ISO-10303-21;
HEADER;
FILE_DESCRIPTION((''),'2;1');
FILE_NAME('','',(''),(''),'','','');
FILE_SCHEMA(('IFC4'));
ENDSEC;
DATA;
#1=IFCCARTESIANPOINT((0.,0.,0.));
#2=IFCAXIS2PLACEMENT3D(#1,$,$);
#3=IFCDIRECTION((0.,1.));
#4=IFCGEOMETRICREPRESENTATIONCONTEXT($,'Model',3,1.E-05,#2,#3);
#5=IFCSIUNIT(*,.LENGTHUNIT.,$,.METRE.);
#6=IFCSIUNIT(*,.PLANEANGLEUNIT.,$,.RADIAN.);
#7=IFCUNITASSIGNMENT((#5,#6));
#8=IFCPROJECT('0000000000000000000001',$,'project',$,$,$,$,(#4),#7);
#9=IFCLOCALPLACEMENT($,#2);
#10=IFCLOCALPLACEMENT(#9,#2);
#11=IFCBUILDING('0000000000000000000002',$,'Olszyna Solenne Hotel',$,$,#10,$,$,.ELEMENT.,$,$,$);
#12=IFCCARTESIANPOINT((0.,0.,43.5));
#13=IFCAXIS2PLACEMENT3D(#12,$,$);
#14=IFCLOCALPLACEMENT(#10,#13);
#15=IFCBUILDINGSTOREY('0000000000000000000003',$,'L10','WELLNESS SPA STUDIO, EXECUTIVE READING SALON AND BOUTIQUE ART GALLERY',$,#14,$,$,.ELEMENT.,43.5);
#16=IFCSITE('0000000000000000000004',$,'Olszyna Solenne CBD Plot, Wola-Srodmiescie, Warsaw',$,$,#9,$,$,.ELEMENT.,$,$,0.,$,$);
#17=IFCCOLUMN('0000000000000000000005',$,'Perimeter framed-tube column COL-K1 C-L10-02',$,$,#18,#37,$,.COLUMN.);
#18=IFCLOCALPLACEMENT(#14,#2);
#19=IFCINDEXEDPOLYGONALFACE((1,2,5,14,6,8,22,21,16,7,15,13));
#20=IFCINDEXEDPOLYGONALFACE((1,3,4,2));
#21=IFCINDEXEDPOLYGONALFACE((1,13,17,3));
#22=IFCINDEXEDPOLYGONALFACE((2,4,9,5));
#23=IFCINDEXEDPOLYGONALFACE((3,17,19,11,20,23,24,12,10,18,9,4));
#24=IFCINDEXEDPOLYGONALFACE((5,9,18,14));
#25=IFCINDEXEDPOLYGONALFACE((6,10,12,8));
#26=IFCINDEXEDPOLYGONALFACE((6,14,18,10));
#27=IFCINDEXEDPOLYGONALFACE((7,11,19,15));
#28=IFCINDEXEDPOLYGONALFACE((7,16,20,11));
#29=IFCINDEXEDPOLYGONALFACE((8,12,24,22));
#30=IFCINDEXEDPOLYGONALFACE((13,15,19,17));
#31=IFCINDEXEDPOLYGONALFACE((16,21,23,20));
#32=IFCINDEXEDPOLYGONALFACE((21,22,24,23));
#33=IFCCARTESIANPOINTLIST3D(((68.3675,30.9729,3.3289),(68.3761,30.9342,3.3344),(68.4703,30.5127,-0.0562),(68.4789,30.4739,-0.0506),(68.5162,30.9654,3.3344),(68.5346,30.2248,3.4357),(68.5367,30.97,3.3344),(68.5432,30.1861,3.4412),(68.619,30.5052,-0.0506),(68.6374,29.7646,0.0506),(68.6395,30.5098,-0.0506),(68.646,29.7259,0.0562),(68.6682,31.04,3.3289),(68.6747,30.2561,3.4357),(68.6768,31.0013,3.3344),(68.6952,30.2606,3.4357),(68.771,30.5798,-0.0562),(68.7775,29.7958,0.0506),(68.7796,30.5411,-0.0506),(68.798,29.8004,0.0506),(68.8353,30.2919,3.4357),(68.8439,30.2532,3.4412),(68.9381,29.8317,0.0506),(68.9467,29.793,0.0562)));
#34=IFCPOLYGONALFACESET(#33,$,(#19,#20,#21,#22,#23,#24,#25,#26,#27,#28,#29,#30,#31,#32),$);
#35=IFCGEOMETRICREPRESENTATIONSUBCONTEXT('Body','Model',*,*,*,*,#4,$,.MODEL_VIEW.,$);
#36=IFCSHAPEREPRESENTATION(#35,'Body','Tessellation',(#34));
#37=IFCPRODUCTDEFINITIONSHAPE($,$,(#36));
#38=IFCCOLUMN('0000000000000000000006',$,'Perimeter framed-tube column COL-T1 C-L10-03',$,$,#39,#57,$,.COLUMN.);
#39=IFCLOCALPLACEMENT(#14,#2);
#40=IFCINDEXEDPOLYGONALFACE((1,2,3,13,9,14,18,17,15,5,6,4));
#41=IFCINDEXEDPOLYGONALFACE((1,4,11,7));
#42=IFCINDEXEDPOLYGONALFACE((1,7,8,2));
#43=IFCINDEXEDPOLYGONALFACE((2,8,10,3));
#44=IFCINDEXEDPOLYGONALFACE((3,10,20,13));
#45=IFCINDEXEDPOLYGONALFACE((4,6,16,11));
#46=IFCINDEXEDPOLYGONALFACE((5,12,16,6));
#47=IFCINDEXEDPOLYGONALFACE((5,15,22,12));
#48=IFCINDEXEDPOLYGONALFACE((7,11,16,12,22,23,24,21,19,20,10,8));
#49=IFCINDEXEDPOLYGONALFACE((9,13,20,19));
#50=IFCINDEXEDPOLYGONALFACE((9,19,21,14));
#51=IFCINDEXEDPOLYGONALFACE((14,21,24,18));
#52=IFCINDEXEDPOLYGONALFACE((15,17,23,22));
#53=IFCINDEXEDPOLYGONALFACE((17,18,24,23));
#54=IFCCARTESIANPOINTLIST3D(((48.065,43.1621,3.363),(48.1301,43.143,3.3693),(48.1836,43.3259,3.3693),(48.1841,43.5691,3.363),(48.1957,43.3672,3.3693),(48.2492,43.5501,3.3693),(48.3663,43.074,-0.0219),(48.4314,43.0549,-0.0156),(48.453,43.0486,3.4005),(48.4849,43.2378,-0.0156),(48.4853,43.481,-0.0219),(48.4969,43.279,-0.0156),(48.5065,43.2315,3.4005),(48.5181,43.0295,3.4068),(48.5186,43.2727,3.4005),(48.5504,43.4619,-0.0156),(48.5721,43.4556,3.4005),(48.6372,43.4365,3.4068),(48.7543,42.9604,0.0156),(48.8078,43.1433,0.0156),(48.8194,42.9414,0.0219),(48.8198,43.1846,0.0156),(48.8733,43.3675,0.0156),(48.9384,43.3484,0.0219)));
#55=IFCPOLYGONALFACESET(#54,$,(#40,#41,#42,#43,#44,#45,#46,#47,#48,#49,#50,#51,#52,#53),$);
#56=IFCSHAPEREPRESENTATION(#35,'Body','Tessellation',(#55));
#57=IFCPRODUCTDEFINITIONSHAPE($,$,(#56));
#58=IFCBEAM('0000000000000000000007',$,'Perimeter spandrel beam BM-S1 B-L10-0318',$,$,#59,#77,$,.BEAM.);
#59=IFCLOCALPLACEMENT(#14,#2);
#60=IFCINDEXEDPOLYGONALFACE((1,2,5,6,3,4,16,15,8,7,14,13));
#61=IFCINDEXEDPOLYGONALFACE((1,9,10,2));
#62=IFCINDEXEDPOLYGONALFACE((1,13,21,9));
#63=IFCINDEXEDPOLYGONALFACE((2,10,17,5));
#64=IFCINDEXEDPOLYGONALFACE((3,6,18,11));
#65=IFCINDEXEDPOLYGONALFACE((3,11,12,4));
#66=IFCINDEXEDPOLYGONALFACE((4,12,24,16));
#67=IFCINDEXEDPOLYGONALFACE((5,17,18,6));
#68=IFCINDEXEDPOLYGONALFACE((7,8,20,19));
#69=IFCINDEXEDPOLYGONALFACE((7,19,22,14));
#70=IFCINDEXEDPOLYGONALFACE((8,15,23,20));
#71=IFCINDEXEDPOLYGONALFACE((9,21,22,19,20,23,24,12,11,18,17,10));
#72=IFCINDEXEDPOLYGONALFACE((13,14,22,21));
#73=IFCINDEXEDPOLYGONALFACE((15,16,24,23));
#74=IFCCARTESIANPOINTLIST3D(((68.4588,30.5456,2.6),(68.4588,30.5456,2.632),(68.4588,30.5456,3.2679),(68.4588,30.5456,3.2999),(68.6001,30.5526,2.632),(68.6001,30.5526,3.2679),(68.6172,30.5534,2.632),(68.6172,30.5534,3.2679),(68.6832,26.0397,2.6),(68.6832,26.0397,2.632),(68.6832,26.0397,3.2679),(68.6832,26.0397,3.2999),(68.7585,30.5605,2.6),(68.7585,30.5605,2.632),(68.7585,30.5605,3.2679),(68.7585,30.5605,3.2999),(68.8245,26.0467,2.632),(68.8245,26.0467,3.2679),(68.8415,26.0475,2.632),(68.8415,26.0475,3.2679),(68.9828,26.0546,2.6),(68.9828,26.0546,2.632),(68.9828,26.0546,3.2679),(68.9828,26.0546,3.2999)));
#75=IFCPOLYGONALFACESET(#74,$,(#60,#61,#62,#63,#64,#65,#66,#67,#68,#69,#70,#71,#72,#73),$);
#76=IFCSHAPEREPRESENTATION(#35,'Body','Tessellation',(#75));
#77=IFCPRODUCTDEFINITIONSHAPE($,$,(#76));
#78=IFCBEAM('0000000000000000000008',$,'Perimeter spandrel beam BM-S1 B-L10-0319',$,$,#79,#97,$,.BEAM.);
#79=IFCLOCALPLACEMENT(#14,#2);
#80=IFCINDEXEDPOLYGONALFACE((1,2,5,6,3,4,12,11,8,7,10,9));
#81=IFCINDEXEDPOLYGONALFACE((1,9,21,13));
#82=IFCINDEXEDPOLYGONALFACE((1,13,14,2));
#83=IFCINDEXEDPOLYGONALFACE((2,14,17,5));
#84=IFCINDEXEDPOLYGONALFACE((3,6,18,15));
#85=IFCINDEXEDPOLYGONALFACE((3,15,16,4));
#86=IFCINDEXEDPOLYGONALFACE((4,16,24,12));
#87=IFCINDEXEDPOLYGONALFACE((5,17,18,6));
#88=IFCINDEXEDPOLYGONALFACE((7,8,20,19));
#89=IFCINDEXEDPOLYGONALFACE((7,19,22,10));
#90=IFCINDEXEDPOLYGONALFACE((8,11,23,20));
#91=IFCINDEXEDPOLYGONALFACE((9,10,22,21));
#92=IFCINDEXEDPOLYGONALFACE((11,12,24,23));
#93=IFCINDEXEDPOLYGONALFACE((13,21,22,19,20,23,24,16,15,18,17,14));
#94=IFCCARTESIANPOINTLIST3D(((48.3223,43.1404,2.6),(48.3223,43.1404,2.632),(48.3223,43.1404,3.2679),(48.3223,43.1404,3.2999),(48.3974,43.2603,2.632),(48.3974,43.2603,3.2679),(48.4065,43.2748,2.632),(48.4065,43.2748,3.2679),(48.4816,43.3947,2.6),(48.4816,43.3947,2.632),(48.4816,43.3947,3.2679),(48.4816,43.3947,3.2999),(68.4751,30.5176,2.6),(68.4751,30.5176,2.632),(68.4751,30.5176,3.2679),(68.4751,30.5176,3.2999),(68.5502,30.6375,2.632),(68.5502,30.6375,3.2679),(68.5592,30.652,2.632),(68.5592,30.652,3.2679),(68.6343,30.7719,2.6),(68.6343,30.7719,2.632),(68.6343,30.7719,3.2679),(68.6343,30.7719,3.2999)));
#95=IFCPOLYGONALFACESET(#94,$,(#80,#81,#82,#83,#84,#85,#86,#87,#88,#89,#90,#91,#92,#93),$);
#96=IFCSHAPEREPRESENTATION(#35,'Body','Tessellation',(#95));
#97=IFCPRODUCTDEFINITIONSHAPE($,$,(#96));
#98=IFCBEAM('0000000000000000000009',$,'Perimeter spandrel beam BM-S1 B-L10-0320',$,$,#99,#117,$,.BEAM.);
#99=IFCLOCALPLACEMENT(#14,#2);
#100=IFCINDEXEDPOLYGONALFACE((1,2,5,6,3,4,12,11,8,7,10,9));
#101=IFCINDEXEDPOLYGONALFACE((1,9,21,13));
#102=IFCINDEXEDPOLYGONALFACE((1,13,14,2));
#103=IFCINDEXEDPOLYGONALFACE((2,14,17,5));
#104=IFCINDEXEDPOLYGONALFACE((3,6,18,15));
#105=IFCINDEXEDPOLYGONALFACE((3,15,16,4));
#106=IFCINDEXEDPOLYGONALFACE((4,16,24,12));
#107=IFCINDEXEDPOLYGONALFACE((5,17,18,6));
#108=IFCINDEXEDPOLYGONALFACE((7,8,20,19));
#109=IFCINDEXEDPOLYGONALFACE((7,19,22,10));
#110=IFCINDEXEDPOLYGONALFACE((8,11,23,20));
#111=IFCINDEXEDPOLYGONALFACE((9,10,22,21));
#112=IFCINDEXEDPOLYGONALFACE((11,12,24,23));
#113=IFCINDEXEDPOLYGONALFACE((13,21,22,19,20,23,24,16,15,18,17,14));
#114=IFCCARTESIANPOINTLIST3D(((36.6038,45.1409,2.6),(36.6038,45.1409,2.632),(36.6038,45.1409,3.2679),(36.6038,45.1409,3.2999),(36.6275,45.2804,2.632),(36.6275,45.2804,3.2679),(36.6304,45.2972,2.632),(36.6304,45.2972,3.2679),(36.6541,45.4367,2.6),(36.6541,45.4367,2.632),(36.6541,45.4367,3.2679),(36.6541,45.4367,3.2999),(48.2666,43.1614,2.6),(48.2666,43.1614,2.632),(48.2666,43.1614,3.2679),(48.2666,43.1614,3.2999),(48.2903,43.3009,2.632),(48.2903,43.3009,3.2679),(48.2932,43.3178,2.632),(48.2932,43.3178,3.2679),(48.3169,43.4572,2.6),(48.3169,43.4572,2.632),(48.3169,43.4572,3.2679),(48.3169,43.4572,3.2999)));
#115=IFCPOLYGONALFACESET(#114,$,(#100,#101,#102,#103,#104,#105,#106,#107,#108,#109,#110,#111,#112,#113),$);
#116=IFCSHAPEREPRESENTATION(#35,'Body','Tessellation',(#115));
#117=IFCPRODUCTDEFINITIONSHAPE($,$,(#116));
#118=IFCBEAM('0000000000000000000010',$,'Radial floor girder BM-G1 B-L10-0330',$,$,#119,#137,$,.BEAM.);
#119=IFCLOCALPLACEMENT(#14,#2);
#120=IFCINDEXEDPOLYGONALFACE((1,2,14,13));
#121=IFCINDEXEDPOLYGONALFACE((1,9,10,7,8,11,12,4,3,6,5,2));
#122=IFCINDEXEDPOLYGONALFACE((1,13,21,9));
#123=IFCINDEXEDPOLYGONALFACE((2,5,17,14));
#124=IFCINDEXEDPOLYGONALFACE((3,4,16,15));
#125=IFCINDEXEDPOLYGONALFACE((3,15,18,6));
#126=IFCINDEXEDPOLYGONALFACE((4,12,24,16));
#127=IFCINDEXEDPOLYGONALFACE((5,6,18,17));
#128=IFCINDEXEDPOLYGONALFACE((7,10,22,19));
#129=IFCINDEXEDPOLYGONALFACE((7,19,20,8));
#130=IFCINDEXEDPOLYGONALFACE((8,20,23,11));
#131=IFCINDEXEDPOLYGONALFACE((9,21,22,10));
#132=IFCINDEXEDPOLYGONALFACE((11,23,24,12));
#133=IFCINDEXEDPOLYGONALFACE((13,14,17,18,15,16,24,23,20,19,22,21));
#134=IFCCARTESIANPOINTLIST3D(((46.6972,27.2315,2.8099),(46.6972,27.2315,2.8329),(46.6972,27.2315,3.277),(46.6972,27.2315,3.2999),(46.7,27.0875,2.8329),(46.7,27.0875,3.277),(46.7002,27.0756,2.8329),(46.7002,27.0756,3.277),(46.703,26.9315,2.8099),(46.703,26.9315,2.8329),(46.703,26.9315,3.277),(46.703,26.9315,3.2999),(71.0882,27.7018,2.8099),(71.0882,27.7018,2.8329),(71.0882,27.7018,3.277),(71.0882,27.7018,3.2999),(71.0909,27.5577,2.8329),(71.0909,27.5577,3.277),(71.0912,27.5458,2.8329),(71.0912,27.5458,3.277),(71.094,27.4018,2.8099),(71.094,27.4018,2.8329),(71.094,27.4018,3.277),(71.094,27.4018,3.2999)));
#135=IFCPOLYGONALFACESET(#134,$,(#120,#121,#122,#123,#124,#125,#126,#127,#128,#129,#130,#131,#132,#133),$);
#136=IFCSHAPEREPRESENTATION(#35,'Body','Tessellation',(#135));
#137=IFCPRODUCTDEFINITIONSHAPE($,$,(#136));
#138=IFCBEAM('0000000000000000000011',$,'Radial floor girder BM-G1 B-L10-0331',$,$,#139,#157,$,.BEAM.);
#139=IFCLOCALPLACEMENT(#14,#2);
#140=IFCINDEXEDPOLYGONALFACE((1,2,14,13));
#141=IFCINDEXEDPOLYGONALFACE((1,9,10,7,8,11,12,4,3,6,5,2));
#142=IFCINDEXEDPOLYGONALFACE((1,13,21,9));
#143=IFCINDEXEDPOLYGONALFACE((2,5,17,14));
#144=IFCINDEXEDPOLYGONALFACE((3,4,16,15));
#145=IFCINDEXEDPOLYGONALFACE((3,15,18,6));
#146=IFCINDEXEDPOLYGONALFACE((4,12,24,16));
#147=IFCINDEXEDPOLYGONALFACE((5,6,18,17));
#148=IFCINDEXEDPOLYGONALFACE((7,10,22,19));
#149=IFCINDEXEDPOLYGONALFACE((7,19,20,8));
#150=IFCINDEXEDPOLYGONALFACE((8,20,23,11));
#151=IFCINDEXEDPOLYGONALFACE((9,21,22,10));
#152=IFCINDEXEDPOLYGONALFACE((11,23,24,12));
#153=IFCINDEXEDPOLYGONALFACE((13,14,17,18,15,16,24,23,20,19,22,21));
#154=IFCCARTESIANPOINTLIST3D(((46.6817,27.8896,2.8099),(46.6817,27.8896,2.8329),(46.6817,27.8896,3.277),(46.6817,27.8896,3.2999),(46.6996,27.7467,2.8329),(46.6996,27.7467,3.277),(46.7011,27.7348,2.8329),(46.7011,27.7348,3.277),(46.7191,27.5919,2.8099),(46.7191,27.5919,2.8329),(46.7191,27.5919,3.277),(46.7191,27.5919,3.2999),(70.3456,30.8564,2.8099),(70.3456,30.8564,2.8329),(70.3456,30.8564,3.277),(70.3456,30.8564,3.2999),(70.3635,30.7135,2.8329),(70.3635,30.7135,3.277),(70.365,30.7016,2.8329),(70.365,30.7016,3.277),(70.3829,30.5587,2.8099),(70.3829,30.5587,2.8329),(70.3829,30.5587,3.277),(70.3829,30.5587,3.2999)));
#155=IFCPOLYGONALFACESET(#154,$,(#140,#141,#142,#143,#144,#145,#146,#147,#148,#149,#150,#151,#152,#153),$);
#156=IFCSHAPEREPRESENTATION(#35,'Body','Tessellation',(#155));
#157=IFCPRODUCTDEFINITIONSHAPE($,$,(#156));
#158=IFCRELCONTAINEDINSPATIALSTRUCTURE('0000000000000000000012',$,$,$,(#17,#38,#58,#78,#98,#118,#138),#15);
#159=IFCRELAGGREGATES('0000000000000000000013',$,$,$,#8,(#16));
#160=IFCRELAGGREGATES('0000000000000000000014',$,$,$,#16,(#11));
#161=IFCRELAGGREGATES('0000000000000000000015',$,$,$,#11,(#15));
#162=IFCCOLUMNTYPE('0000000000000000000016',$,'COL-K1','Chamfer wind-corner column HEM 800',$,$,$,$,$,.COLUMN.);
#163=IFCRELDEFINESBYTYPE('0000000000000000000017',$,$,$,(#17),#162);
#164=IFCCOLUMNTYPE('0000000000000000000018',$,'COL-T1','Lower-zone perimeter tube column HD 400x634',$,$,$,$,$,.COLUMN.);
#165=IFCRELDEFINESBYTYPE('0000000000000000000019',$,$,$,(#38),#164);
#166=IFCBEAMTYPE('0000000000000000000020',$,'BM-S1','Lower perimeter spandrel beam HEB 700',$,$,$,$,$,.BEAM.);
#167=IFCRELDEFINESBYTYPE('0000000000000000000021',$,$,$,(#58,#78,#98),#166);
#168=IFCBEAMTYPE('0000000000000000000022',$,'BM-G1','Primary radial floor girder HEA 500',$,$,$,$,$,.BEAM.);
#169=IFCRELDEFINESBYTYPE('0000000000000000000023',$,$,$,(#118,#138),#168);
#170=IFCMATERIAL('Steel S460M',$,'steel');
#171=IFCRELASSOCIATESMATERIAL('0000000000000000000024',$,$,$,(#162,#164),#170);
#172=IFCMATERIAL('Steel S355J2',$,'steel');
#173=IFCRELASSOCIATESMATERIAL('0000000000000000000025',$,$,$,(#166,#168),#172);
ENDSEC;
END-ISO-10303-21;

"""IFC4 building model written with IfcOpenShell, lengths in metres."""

from ifc_helpers import new_model, si_unit, direction, frame, origin, origin_2d, place, context, subcontext, project, spatial, i_section, extrude, source, transform, mapped, material, material_profile, profile_set, type_object, element, save


model = new_model("IFC4")

# Units and contexts
model_context = context("Model", 3, precision=1e-05, world=origin(), true_north=direction((0.0, 1.0)))
body_context = subcontext(model_context, "Body", "Model", "MODEL_VIEW")
ifc_project = project(units=[si_unit("LENGTHUNIT", "METRE"), si_unit("PLANEANGLEUNIT", "RADIAN")], contexts=[model_context])

# Site, building, storey
site_placement = place(None, origin())
site = spatial("IfcSite", under=ifc_project, at=site_placement, Name="Olszyna Solenne CBD Plot, Wola-Srodmiescie, Warsaw", CompositionType="ELEMENT", RefElevation=0.0)
building_placement = place(site_placement, origin())
building = spatial("IfcBuilding", under=site, at=building_placement, Name="Olszyna Solenne Hotel", CompositionType="ELEMENT")
storey_placement = place(building_placement, frame((0.0, 0.0, 43.5)))
storey = spatial("IfcBuildingStorey", under=building, at=storey_placement, Name="L10", Description="WELLNESS SPA STUDIO, EXECUTIVE READING SALON AND BOUTIQUE ART GALLERY", CompositionType="ELEMENT", Elevation=43.5)

# Columns
ifc_material_1 = material(Name="Steel S460M", Category="steel")
ifc_material_profile_1 = material_profile(ifc_material_1, i_section(OverallWidth=0.3081, OverallDepth=0.814, WebThickness=0.021, FlangeThickness=0.04, at=origin_2d()), Name="HEM 800", Category="load-bearing")
ifc_profile_set_1 = profile_set([ifc_material_profile_1], Name="Steel S460M")
column_type_1 = type_object("IfcColumnType", Name="COL-K1", Description="Chamfer wind-corner column HEM 800", PredefinedType="COLUMN", material=ifc_profile_set_1)
shared_shape_1 = source(origin(), body_context, "Body", "SweptSolid", [
    extrude(i_section(OverallWidth=0.3081, OverallDepth=0.814, WebThickness=0.021, FlangeThickness=0.04, at=origin_2d()), origin(), (0.0, 0.0, 1.0), 3.4177),
])
column_1_placement = place(storey_placement, frame((68.7085, 30.1528, 0.0), z_axis=(-0.030074, 0.134654, 0.990436), x_axis=(-0.975955, -0.217972, 0.0)))
element("IfcColumn", 1, at=column_1_placement, inside=storey, type_object=column_type_1, Name="Perimeter framed-tube column COL-K1 C-L10-02", PredefinedType="COLUMN", context=body_context, shape_type="MappedRepresentation", body=[
    mapped(shared_shape_1, transform((0.0, 0.0, 0.0), x_axis=(1.0, 0.0, 0.0), y_axis=(0.0, 1.0, 0.0), z_axis=(0.0, 0.0, 1.0), scale=1.0)),
])
ifc_material_profile_2 = material_profile(ifc_material_1, i_section(OverallWidth=0.4241, OverallDepth=0.4741, WebThickness=0.043, FlangeThickness=0.0681, at=origin_2d()), Name="HD 400x634", Category="load-bearing")
ifc_profile_set_2 = profile_set([ifc_material_profile_2], Name="Steel S460M")
column_type_2 = type_object("IfcColumnType", Name="COL-T1", Description="Lower-zone perimeter tube column HD 400x634", PredefinedType="COLUMN", material=ifc_profile_set_2)
shared_shape_2 = source(origin(), body_context, "Body", "SweptSolid", [
    extrude(i_section(OverallWidth=0.4241, OverallDepth=0.4741, WebThickness=0.043, FlangeThickness=0.0681, at=origin_2d()), origin(), (0.0, 0.0, 1.0), 3.3994),
])
column_2_placement = place(storey_placement, frame((48.6523, 43.2112, 0.0), z_axis=(-0.088621, 0.025926, 0.995728), x_axis=(-0.280776, -0.959773, 0.0)))
element("IfcColumn", 2, at=column_2_placement, inside=storey, type_object=column_type_2, Name="Perimeter framed-tube column COL-T1 C-L10-03", PredefinedType="COLUMN", context=body_context, shape_type="MappedRepresentation", body=[
    mapped(shared_shape_2, transform((0.0, 0.0, 0.0), x_axis=(1.0, 0.0, 0.0), y_axis=(0.0, 1.0, 0.0), z_axis=(0.0, 0.0, 1.0), scale=1.0)),
])

# Beams
ifc_material_2 = material(Name="Steel S355J2", Category="steel")
ifc_material_profile_3 = material_profile(ifc_material_2, i_section(OverallWidth=0.3, OverallDepth=0.7, WebThickness=0.0171, FlangeThickness=0.032, at=origin_2d()), Name="HEB 700", Category="load-bearing")
ifc_profile_set_3 = profile_set([ifc_material_profile_3], Name="Steel S355J2")
beam_type_1 = type_object("IfcBeamType", Name="BM-S1", Description="Lower perimeter spandrel beam HEB 700", PredefinedType="BEAM", material=ifc_profile_set_3)
shared_shape_3 = source(origin(), body_context, "Body", "SweptSolid", [
    extrude(i_section(OverallWidth=0.3, OverallDepth=0.7, WebThickness=0.0171, FlangeThickness=0.032, at=origin_2d()), origin(), (0.0, 0.0, 1.0), 4.5115),
])
beam_1_placement = place(storey_placement, frame((68.833, 26.0471, 2.95), z_axis=(-0.049732, 0.998763, 0.0), x_axis=(-0.998763, -0.049732, 0.0)))
element("IfcBeam", 3, at=beam_1_placement, inside=storey, type_object=beam_type_1, Name="Perimeter spandrel beam BM-S1 B-L10-0318", PredefinedType="BEAM", context=body_context, shape_type="MappedRepresentation", body=[
    mapped(shared_shape_3, transform((0.0, 0.0, 0.0), x_axis=(1.0, 0.0, 0.0), y_axis=(0.0, 1.0, 0.0), z_axis=(0.0, 0.0, 1.0), scale=1.0)),
])
shared_shape_4 = source(origin(), body_context, "Body", "SweptSolid", [
    extrude(i_section(OverallWidth=0.3, OverallDepth=0.7, WebThickness=0.0171, FlangeThickness=0.032, at=origin_2d()), origin(), (0.0, 0.0, 1.0), 23.7795),
])
beam_2_placement = place(storey_placement, frame((68.5547, 30.6448, 2.95), z_axis=(-0.847482, 0.530824, 0.0), x_axis=(-0.530824, -0.847482, 0.0)))
element("IfcBeam", 4, at=beam_2_placement, inside=storey, type_object=beam_type_1, Name="Perimeter spandrel beam BM-S1 B-L10-0319", PredefinedType="BEAM", context=body_context, shape_type="MappedRepresentation", body=[
    mapped(shared_shape_4, transform((0.0, 0.0, 0.0), x_axis=(1.0, 0.0, 0.0), y_axis=(0.0, 1.0, 0.0), z_axis=(0.0, 0.0, 1.0), scale=1.0)),
])
shared_shape_5 = source(origin(), body_context, "Body", "SweptSolid", [
    extrude(i_section(OverallWidth=0.3, OverallDepth=0.7, WebThickness=0.0171, FlangeThickness=0.032, at=origin_2d()), origin(), (0.0, 0.0, 1.0), 11.8296),
])
beam_3_placement = place(storey_placement, frame((48.2917, 43.3093, 2.95), z_axis=(-0.9859, 0.167333, 0.0), x_axis=(-0.167333, -0.9859, 0.0)))
element("IfcBeam", 5, at=beam_3_placement, inside=storey, type_object=beam_type_1, Name="Perimeter spandrel beam BM-S1 B-L10-0320", PredefinedType="BEAM", context=body_context, shape_type="MappedRepresentation", body=[
    mapped(shared_shape_5, transform((0.0, 0.0, 0.0), x_axis=(1.0, 0.0, 0.0), y_axis=(0.0, 1.0, 0.0), z_axis=(0.0, 0.0, 1.0), scale=1.0)),
])
ifc_material_profile_4 = material_profile(ifc_material_2, i_section(OverallWidth=0.3, OverallDepth=0.49, WebThickness=0.012, FlangeThickness=0.0229, at=origin_2d()), Name="HEA 500", Category="load-bearing")
ifc_profile_set_4 = profile_set([ifc_material_profile_4], Name="Steel S355J2")
beam_type_2 = type_object("IfcBeamType", Name="BM-G1", Description="Primary radial floor girder HEA 500", PredefinedType="BEAM", material=ifc_profile_set_4)
shared_shape_6 = source(origin(), body_context, "Body", "SweptSolid", [
    extrude(i_section(OverallWidth=0.3, OverallDepth=0.49, WebThickness=0.012, FlangeThickness=0.0229, at=origin_2d()), origin(), (0.0, 0.0, 1.0), 24.3955),
])
beam_4_placement = place(storey_placement, frame((71.0911, 27.5518, 3.0549), z_axis=(-0.999814, -0.019275, 0.0), x_axis=(0.019275, -0.999814, 0.0)))
element("IfcBeam", 6, at=beam_4_placement, inside=storey, type_object=beam_type_2, Name="Radial floor girder BM-G1 B-L10-0330", PredefinedType="BEAM", context=body_context, shape_type="MappedRepresentation", body=[
    mapped(shared_shape_6, transform((0.0, 0.0, 0.0), x_axis=(1.0, 0.0, 0.0), y_axis=(0.0, 1.0, 0.0), z_axis=(0.0, 0.0, 1.0), scale=1.0)),
])
shared_shape_7 = source(origin(), body_context, "Body", "SweptSolid", [
    extrude(i_section(OverallWidth=0.3, OverallDepth=0.49, WebThickness=0.012, FlangeThickness=0.0229, at=origin_2d()), origin(), (0.0, 0.0, 1.0), 23.8491),
])
beam_5_placement = place(storey_placement, frame((70.3643, 30.7075, 3.0549), z_axis=(-0.992232, -0.124399, 0.0), x_axis=(0.124399, -0.992232, 0.0)))
element("IfcBeam", 7, at=beam_5_placement, inside=storey, type_object=beam_type_2, Name="Radial floor girder BM-G1 B-L10-0331", PredefinedType="BEAM", context=body_context, shape_type="MappedRepresentation", body=[
    mapped(shared_shape_7, transform((0.0, 0.0, 0.0), x_axis=(1.0, 0.0, 0.0), y_axis=(0.0, 1.0, 0.0), z_axis=(0.0, 0.0, 1.0), scale=1.0)),
])

save(model, "model.ifc")
